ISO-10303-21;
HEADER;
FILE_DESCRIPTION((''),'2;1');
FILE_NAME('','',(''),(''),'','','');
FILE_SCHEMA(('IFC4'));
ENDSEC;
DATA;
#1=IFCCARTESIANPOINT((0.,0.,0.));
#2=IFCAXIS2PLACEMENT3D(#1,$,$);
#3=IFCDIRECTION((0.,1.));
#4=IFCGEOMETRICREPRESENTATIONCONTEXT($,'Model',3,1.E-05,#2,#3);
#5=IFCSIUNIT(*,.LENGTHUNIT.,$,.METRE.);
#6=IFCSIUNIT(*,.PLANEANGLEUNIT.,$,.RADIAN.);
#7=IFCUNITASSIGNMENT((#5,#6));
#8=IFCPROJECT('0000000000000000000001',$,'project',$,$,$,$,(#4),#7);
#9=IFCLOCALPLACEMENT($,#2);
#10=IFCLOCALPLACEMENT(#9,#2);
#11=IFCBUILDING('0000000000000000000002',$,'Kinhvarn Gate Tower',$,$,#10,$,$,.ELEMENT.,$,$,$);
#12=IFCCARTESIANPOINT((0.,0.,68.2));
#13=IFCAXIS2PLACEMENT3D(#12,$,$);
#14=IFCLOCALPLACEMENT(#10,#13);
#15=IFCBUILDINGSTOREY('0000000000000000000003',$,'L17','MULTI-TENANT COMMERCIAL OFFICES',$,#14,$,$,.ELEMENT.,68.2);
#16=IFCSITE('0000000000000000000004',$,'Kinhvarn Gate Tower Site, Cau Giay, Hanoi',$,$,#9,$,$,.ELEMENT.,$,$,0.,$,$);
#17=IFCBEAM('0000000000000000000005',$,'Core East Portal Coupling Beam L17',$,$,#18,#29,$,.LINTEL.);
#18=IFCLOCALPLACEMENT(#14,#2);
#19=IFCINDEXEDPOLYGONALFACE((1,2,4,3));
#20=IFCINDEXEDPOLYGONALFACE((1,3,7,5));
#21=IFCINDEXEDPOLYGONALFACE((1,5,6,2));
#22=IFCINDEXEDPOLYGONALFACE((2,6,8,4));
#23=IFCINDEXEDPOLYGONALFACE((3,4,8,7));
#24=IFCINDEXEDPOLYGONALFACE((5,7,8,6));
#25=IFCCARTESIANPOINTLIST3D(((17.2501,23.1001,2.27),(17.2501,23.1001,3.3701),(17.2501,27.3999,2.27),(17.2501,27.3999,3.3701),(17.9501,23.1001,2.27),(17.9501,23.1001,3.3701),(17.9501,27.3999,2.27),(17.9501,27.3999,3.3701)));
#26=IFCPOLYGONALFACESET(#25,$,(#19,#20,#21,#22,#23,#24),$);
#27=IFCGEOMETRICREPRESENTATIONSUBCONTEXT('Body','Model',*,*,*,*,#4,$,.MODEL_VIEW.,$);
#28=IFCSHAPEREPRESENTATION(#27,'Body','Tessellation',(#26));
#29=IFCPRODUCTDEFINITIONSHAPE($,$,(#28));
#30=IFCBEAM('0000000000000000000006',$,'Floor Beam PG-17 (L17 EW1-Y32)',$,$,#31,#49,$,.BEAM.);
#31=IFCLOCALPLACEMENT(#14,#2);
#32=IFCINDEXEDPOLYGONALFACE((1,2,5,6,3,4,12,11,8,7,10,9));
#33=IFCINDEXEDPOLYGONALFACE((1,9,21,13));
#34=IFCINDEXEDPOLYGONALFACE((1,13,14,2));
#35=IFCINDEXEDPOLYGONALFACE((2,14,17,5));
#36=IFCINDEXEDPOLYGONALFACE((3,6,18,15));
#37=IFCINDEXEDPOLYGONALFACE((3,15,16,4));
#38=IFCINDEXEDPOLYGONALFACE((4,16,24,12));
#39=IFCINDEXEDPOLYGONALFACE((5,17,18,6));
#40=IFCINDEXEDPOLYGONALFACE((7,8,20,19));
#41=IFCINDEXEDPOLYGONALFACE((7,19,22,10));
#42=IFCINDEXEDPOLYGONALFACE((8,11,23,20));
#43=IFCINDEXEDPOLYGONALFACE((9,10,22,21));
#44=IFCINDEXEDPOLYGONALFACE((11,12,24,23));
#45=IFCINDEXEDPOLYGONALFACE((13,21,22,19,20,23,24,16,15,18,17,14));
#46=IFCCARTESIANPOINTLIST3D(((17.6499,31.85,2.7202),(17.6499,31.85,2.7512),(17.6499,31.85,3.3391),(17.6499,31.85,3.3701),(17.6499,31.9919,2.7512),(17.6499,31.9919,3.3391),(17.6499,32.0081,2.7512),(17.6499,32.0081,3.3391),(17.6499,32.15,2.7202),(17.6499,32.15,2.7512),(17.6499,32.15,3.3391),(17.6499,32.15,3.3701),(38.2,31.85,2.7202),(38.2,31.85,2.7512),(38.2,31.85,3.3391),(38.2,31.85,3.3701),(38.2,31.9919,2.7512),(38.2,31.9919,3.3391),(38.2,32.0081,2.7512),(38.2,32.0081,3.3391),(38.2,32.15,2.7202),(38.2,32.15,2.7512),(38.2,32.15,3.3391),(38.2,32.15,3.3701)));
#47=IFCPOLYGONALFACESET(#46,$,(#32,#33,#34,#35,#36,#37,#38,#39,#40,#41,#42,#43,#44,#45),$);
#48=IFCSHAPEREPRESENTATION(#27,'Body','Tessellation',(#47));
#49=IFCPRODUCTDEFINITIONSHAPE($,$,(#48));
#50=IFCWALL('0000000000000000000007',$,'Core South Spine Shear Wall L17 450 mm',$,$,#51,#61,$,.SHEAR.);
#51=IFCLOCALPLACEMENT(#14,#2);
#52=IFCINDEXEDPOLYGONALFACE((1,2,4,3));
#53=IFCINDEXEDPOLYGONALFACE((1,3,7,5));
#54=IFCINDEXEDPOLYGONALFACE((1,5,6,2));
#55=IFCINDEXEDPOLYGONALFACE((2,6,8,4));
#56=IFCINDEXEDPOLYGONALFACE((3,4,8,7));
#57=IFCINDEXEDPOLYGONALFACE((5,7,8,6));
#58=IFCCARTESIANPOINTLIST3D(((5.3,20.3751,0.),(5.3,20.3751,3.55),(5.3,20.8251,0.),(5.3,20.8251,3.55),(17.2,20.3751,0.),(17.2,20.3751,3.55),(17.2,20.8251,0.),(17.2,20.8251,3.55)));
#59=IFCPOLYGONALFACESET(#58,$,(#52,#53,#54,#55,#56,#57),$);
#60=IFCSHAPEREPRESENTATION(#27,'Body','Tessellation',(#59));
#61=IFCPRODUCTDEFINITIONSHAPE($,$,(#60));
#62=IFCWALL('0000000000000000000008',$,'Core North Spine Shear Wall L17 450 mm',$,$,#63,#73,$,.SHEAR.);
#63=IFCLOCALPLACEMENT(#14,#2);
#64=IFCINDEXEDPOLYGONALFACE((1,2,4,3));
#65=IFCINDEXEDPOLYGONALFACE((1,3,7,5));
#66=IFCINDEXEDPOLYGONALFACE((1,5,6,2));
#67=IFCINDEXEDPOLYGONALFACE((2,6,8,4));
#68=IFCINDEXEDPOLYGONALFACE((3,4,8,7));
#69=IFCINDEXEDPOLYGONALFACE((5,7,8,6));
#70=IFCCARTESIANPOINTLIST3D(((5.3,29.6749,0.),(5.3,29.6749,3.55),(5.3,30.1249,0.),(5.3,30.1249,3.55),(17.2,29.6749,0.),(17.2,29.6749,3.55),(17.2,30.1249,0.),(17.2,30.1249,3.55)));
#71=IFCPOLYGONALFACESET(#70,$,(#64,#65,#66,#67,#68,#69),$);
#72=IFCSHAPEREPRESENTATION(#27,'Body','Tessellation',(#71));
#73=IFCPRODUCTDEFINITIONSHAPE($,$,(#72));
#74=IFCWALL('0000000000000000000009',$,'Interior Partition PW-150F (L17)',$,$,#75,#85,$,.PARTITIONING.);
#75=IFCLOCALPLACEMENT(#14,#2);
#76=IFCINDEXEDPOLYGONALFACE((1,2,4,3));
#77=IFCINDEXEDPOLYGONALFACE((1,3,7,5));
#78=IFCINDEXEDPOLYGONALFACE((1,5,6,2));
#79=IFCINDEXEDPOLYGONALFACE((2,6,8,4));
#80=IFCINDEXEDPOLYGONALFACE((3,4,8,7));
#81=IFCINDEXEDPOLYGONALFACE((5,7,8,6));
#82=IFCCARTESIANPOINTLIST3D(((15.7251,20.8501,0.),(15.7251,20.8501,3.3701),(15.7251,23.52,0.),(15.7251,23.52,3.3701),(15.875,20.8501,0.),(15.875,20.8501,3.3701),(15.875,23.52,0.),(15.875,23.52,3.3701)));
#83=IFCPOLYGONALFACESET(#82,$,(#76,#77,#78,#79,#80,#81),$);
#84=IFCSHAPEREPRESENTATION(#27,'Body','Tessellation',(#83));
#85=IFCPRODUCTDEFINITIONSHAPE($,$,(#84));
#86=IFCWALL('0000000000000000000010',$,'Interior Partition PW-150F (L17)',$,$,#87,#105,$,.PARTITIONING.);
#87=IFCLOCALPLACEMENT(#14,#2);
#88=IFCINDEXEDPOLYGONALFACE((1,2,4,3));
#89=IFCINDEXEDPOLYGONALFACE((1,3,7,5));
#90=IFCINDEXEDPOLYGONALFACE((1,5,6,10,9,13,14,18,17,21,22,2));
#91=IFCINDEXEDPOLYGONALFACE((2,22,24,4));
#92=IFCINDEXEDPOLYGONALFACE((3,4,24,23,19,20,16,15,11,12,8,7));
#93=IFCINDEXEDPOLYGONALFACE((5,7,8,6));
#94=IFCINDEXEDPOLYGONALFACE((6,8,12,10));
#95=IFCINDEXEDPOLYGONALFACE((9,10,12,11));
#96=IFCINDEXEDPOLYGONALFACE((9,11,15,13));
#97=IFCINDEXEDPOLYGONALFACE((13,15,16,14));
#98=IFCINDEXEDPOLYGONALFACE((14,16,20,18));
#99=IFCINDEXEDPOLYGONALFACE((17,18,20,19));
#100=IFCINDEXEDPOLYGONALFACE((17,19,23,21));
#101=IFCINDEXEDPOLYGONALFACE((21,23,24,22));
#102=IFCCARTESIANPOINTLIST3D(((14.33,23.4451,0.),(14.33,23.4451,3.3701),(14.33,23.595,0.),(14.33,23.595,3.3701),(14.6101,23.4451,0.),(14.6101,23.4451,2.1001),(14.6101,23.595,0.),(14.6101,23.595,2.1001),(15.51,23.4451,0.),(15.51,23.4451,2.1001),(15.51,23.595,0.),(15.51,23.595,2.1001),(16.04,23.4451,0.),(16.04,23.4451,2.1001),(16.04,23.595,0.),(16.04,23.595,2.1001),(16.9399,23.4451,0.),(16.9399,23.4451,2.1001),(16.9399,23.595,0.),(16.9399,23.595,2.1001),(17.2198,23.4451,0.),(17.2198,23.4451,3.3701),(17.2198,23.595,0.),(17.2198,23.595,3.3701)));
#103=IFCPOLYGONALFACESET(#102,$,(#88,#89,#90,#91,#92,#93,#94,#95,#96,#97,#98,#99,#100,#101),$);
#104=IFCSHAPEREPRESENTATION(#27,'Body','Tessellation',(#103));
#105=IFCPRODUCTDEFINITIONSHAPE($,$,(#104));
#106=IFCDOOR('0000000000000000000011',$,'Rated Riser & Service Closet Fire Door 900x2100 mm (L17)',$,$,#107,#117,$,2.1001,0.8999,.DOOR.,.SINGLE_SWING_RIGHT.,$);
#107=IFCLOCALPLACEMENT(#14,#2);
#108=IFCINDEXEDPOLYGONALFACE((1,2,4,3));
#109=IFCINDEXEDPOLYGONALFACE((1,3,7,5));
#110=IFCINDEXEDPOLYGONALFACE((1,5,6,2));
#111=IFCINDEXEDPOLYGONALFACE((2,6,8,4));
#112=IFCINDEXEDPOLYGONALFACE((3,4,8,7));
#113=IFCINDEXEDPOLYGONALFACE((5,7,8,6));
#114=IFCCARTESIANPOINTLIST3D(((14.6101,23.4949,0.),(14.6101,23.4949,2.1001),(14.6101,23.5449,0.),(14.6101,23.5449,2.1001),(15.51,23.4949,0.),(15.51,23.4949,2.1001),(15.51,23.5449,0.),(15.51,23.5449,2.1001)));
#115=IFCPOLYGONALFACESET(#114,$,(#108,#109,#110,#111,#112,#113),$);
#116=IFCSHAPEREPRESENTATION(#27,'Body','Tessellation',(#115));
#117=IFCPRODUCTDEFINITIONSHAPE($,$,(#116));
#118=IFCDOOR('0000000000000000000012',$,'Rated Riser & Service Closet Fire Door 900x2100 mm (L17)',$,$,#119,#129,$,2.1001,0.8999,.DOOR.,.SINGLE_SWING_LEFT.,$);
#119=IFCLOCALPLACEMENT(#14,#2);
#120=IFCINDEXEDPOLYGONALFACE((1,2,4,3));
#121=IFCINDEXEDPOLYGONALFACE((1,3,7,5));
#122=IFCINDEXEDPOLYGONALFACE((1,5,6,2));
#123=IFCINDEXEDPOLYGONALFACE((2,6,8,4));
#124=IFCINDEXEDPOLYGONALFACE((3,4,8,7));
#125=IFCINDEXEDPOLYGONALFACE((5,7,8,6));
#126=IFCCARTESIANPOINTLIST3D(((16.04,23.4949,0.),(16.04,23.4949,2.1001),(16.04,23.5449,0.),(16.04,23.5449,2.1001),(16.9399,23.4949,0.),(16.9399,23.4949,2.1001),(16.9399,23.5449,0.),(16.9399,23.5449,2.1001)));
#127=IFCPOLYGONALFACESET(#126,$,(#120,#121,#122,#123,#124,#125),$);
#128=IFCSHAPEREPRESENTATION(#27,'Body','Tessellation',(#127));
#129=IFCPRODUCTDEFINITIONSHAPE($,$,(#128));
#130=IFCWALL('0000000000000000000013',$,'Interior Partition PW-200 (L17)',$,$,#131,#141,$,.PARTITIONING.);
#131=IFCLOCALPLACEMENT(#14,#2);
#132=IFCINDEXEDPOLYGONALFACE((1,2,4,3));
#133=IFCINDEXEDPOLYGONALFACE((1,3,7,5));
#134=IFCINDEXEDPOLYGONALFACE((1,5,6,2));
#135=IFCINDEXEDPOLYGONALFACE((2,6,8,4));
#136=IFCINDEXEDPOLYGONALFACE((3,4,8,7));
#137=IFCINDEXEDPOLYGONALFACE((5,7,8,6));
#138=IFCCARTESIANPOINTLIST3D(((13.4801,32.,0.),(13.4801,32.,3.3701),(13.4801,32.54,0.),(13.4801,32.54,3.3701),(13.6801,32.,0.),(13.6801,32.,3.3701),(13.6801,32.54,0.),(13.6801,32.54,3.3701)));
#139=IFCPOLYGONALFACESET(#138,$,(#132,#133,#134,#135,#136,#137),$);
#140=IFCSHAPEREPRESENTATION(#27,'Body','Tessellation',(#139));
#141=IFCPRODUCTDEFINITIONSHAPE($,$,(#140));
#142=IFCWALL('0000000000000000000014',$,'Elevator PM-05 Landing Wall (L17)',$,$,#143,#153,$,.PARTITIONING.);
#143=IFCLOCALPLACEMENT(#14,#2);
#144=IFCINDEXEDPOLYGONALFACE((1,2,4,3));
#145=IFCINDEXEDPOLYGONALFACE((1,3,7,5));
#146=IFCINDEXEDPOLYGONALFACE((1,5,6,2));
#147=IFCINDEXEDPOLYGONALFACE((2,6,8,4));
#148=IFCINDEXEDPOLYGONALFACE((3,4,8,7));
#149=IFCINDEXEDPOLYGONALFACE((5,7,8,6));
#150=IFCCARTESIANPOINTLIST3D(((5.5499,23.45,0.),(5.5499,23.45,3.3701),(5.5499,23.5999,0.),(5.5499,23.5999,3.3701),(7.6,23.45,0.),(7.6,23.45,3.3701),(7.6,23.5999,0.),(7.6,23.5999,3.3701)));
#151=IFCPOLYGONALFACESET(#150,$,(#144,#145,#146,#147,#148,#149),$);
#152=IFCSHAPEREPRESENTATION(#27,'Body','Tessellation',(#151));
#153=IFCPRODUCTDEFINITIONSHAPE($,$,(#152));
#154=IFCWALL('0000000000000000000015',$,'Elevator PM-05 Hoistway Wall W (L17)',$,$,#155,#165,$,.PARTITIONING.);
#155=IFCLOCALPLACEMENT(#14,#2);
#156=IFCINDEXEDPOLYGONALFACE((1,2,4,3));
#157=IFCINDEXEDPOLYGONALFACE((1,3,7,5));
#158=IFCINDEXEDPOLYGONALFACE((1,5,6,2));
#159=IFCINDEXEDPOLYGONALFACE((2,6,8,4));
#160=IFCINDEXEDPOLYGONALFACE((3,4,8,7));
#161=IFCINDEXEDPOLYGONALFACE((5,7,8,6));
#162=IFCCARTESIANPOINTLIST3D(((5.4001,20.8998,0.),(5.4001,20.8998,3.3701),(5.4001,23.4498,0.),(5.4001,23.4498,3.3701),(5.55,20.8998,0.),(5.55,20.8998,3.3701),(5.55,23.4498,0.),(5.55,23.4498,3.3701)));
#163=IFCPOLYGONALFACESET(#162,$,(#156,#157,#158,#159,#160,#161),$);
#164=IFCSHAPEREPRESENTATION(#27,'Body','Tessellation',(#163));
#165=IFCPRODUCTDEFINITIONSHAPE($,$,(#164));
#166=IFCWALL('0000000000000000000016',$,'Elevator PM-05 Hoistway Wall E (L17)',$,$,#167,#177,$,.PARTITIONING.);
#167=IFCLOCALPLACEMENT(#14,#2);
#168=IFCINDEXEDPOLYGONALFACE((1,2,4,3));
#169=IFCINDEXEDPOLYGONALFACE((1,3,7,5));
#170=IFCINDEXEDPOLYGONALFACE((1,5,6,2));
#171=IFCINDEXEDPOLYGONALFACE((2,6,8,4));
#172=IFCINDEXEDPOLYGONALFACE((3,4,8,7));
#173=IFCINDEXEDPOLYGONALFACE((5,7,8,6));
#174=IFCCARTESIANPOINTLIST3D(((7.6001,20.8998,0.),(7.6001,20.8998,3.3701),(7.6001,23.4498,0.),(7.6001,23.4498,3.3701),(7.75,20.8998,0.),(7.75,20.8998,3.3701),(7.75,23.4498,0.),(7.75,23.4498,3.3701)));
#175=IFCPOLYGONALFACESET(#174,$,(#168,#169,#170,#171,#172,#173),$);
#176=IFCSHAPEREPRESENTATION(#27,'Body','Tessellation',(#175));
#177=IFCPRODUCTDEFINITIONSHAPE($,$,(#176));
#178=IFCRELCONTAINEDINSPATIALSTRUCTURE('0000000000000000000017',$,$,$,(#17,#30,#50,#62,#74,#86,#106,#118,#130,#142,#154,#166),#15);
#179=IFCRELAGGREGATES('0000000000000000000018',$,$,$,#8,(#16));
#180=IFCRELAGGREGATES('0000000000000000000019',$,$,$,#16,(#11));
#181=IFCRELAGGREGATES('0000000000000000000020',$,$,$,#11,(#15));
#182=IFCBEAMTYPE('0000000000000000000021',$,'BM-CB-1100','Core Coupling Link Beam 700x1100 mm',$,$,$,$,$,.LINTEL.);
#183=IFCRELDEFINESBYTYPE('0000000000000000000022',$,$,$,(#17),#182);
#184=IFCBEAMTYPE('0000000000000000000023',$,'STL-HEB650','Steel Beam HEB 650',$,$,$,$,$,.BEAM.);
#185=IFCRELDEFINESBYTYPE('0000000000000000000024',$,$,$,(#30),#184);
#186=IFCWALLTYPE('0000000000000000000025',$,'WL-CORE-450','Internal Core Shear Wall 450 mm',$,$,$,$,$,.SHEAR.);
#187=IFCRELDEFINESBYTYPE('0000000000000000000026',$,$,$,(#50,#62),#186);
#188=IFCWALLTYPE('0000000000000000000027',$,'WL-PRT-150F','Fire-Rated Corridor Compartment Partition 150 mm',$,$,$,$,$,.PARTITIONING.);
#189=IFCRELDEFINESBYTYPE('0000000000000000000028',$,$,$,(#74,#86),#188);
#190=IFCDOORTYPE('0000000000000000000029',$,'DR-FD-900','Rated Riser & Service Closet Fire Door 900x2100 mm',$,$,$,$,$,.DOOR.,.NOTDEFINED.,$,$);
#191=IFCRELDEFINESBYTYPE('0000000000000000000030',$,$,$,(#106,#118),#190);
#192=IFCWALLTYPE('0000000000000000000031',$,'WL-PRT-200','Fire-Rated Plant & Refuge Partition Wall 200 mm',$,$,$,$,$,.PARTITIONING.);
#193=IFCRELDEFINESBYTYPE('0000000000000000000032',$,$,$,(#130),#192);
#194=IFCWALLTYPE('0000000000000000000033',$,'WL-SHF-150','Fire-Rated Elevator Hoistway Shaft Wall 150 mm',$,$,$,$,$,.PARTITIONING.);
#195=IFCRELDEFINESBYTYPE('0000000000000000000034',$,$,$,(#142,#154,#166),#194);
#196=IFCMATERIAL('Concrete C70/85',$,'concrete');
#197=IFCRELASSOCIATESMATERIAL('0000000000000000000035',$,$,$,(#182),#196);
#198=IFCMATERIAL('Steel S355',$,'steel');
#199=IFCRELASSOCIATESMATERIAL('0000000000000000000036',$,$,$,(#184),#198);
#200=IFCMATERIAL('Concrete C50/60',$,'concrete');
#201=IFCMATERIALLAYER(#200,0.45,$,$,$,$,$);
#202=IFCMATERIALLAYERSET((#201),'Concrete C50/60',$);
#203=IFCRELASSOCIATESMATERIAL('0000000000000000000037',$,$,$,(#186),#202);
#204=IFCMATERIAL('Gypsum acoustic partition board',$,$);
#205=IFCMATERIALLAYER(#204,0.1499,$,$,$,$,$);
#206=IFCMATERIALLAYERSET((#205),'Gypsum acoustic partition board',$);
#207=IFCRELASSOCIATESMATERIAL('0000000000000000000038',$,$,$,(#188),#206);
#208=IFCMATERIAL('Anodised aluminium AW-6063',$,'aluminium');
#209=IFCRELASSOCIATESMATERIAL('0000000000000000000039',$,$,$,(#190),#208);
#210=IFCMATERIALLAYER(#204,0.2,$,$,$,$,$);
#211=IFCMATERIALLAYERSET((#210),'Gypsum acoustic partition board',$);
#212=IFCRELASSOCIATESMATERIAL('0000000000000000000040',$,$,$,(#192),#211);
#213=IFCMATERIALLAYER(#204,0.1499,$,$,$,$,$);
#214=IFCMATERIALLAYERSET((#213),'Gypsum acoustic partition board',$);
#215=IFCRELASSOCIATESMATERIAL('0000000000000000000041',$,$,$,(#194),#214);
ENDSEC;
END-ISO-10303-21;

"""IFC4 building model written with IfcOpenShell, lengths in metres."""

from ifc_helpers import new_model, si_unit, direction, frame, frame_2d, origin, origin_2d, place, context, subcontext, project, spatial, rectangle, i_section, extrude, material, layer, layer_set, material_profile, profile_set, type_object, element, fill, save


model = new_model("IFC4")

# Units and contexts
model_context = context("Model", 3, precision=1e-05, world=origin(), true_north=direction((0.0, 1.0)))
body_context = subcontext(model_context, "Body", "Model", "MODEL_VIEW")
ifc_project = project(units=[si_unit("LENGTHUNIT", "METRE"), si_unit("PLANEANGLEUNIT", "RADIAN")], contexts=[model_context])

# Site, building, storey
site_placement = place(None, origin())
site = spatial("IfcSite", under=ifc_project, at=site_placement, Name="Kinhvarn Gate Tower Site, Cau Giay, Hanoi", CompositionType="ELEMENT", RefElevation=0.0)
building_placement = place(site_placement, origin())
building = spatial("IfcBuilding", under=site, at=building_placement, Name="Kinhvarn Gate Tower", CompositionType="ELEMENT")
storey_placement = place(building_placement, frame((0.0, 0.0, 68.2)))
storey = spatial("IfcBuildingStorey", under=building, at=storey_placement, Name="L17", Description="MULTI-TENANT COMMERCIAL OFFICES", CompositionType="ELEMENT", Elevation=68.2)

# Beams
ifc_material_1 = material(Name="Concrete C70/85", Category="concrete")
ifc_material_profile_1 = material_profile(ifc_material_1, rectangle(XDim=0.7, YDim=1.1001, at=origin_2d()), Name="RC 700x1100")
ifc_profile_set_1 = profile_set([ifc_material_profile_1], Name="Concrete C70/85")
beam_type_1 = type_object("IfcBeamType", Name="BM-CB-1100", Description="Core Coupling Link Beam 700x1100 mm", PredefinedType="LINTEL", material=ifc_profile_set_1)
beam_1_placement = place(storey_placement, frame((17.6001, 23.1001, 2.8201), z_axis=(0.0, 1.0, 0.0), x_axis=(-1.0, 0.0, 0.0)))
element("IfcBeam", 1, at=beam_1_placement, inside=storey, type_object=beam_type_1, Name="Core East Portal Coupling Beam L17", PredefinedType="LINTEL", context=body_context, shape_type="SweptSolid", body=[
    extrude(rectangle(XDim=0.7, YDim=1.1001, at=origin_2d()), origin(), (0.0, 0.0, 1.0), 4.2998),
])
ifc_material_2 = material(Name="Steel S355", Category="steel")
ifc_material_profile_2 = material_profile(ifc_material_2, i_section(OverallWidth=0.3, OverallDepth=0.6499, WebThickness=0.0161, FlangeThickness=0.031, at=origin_2d()), Name="HEB 650")
ifc_profile_set_2 = profile_set([ifc_material_profile_2], Name="Steel S355")
beam_type_2 = type_object("IfcBeamType", Name="STL-HEB650", Description="Steel Beam HEB 650", PredefinedType="BEAM", material=ifc_profile_set_2)
beam_2_placement = place(storey_placement, frame((17.6499, 32.0, 3.0452), z_axis=(1.0, 0.0, 0.0), x_axis=(0.0, 1.0, 0.0)))
element("IfcBeam", 2, at=beam_2_placement, inside=storey, type_object=beam_type_2, Name="Floor Beam PG-17 (L17 EW1-Y32)", PredefinedType="BEAM", context=body_context, shape_type="SweptSolid", body=[
    extrude(i_section(OverallWidth=0.3, OverallDepth=0.6499, WebThickness=0.0161, FlangeThickness=0.031, at=origin_2d()), origin(), (0.0, 0.0, 1.0), 20.55),
])

# Walls
ifc_material_3 = material(Name="Concrete C50/60", Category="concrete")
ifc_layer_1 = layer(ifc_material_3, 0.45)
ifc_layer_set_1 = layer_set([ifc_layer_1], Name="Concrete C50/60")
wall_type_1 = type_object("IfcWallType", Name="WL-CORE-450", Description="Internal Core Shear Wall 450 mm", PredefinedType="SHEAR", material=ifc_layer_set_1)
for number, where, z_axis, x_axis, name in (
    (3, (5.3, 20.6001, 0.0), (0.0, 0.0, 1.0), (1.0, 0.0, 0.0), "Core South Spine Shear Wall L17 450 mm"),
    (4, (5.3, 29.8999, 0.0), (0.0, 0.0, 1.0), (1.0, 0.0, 0.0), "Core North Spine Shear Wall L17 450 mm"),
):
    element("IfcWall", number, at=place(storey_placement, frame(where, z_axis=z_axis, x_axis=x_axis)), inside=storey, type_object=wall_type_1, Name=name, PredefinedType="SHEAR", context=body_context, shape_type="SweptSolid", body=[
        extrude(rectangle(XDim=11.8999, YDim=0.45, at=frame_2d((5.95, 0.0))), origin(), (0.0, 0.0, 1.0), 3.55),
    ])

# Shared definitions
ifc_material_4 = material(Name="Anodised aluminium AW-6063", Category="aluminium")

# Wall
ifc_material_5 = material(Name="Gypsum acoustic partition board")
ifc_layer_2 = layer(ifc_material_5, 0.1499)
ifc_layer_set_2 = layer_set([ifc_layer_2], Name="Gypsum acoustic partition board")
wall_type_2 = type_object("IfcWallType", Name="WL-PRT-150F", Description="Fire-Rated Corridor Compartment Partition 150 mm", PredefinedType="PARTITIONING", material=ifc_layer_set_2)
wall_1_placement = place(storey_placement, frame((15.8, 20.8501, 0.0), z_axis=(0.0, 0.0, 1.0), x_axis=(0.0, 1.0, 0.0)))
element("IfcWall", 5, at=wall_1_placement, inside=storey, type_object=wall_type_2, Name="Interior Partition PW-150F (L17)", PredefinedType="PARTITIONING", context=body_context, shape_type="SweptSolid", body=[
    extrude(rectangle(XDim=2.6699, YDim=0.1499, at=frame_2d((1.335, 0.0))), origin(), (0.0, 0.0, 1.0), 3.3701),
])

# Wall, openings, doors
wall_2_placement = place(storey_placement, frame((14.3301, 23.52, 0.0), z_axis=(0.0, 0.0, 1.0), x_axis=(1.0, 0.0, 0.0)))
wall_2 = element("IfcWall", 6, at=wall_2_placement, inside=storey, type_object=wall_type_2, Name="Interior Partition PW-150F (L17)", PredefinedType="PARTITIONING", context=body_context, shape_type="SweptSolid", body=[
    extrude(rectangle(XDim=2.8899, YDim=0.1499, at=frame_2d((1.4448, 0.0))), origin(), (0.0, 0.0, 1.0), 3.3701),
])
opening_1_placement = place(wall_2_placement, frame((0.28, 0.0, 0.0)))
opening_1 = element("IfcOpeningElement", 7, at=opening_1_placement, cuts=wall_2, PredefinedType="OPENING", context=body_context, shape_type="SweptSolid", body=[
    extrude(rectangle(XDim=0.8999, YDim=2.1001, at=frame_2d((0.45, 1.05))), frame((0.0, 0.085, 0.0), z_axis=(0.0, -1.0, 0.0), x_axis=(1.0, 0.0, 0.0)), (0.0, 0.0, 1.0), 0.1699),
])
opening_2_placement = place(wall_2_placement, frame((1.71, 0.0, 0.0)))
opening_2 = element("IfcOpeningElement", 8, at=opening_2_placement, cuts=wall_2, PredefinedType="OPENING", context=body_context, shape_type="SweptSolid", body=[
    extrude(rectangle(XDim=0.8999, YDim=2.1001, at=frame_2d((0.45, 1.05))), frame((0.0, 0.085, 0.0), z_axis=(0.0, -1.0, 0.0), x_axis=(1.0, 0.0, 0.0)), (0.0, 0.0, 1.0), 0.1699),
])
door_type_1 = type_object("IfcDoorType", Name="DR-FD-900", Description="Rated Riser & Service Closet Fire Door 900x2100 mm", OperationType="NOTDEFINED", PredefinedType="DOOR", material=ifc_material_4)
door_1_placement = place(opening_1_placement, origin())
door_1 = element("IfcDoor", 9, at=door_1_placement, inside=storey, type_object=door_type_1, Name="Rated Riser & Service Closet Fire Door 900x2100 mm (L17)", OperationType="SINGLE_SWING_RIGHT", OverallHeight=2.1001, OverallWidth=0.8999, PredefinedType="DOOR", context=body_context, shape_type="SweptSolid", body=[
    extrude(rectangle(XDim=0.8999, YDim=2.1001, at=frame_2d((0.45, 1.05))), frame((0.0, 0.0249, 0.0), z_axis=(0.0, -1.0, 0.0), x_axis=(1.0, 0.0, 0.0)), (0.0, 0.0, 1.0), 0.05),
])
fill(opening_1, door_1)
door_2_placement = place(opening_2_placement, origin())
door_2 = element("IfcDoor", 10, at=door_2_placement, inside=storey, type_object=door_type_1, Name="Rated Riser & Service Closet Fire Door 900x2100 mm (L17)", OperationType="SINGLE_SWING_LEFT", OverallHeight=2.1001, OverallWidth=0.8999, PredefinedType="DOOR", context=body_context, shape_type="SweptSolid", body=[
    extrude(rectangle(XDim=0.8999, YDim=2.1001, at=frame_2d((0.45, 1.05))), frame((0.0, 0.0249, 0.0), z_axis=(0.0, -1.0, 0.0), x_axis=(1.0, 0.0, 0.0)), (0.0, 0.0, 1.0), 0.05),
])
fill(opening_2, door_2)

# Walls
ifc_layer_3 = layer(ifc_material_5, 0.2)
ifc_layer_set_3 = layer_set([ifc_layer_3], Name="Gypsum acoustic partition board")
wall_type_3 = type_object("IfcWallType", Name="WL-PRT-200", Description="Fire-Rated Plant & Refuge Partition Wall 200 mm", PredefinedType="PARTITIONING", material=ifc_layer_set_3)
wall_3_placement = place(storey_placement, frame((13.5801, 32.0, 0.0), z_axis=(0.0, 0.0, 1.0), x_axis=(0.0, 1.0, 0.0)))
element("IfcWall", 11, at=wall_3_placement, inside=storey, type_object=wall_type_3, Name="Interior Partition PW-200 (L17)", PredefinedType="PARTITIONING", context=body_context, shape_type="SweptSolid", body=[
    extrude(rectangle(XDim=0.54, YDim=0.2, at=frame_2d((0.27, 0.0))), origin(), (0.0, 0.0, 1.0), 3.3701),
])
ifc_layer_4 = layer(ifc_material_5, 0.1499)
ifc_layer_set_4 = layer_set([ifc_layer_4], Name="Gypsum acoustic partition board")
wall_type_4 = type_object("IfcWallType", Name="WL-SHF-150", Description="Fire-Rated Elevator Hoistway Shaft Wall 150 mm", PredefinedType="PARTITIONING", material=ifc_layer_set_4)
wall_4_placement = place(storey_placement, frame((5.55, 23.5249, 0.0), z_axis=(0.0, 0.0, 1.0), x_axis=(1.0, 0.0, 0.0)))
element("IfcWall", 12, at=wall_4_placement, inside=storey, type_object=wall_type_4, Name="Elevator PM-05 Landing Wall (L17)", PredefinedType="PARTITIONING", context=body_context, shape_type="SweptSolid", body=[
    extrude(rectangle(XDim=2.05, YDim=0.1499, at=frame_2d((1.0249, 0.0))), origin(), (0.0, 0.0, 1.0), 3.3701),
])
for number, where, z_axis, x_axis, name in (
    (13, (5.4751, 20.8999, 0.0), (0.0, 0.0, 1.0), (0.0, 1.0, 0.0), "Elevator PM-05 Hoistway Wall W (L17)"),
    (14, (7.675, 20.8999, 0.0), (0.0, 0.0, 1.0), (0.0, 1.0, 0.0), "Elevator PM-05 Hoistway Wall E (L17)"),
):
    element("IfcWall", number, at=place(storey_placement, frame(where, z_axis=z_axis, x_axis=x_axis)), inside=storey, type_object=wall_type_4, Name=name, PredefinedType="PARTITIONING", context=body_context, shape_type="SweptSolid", body=[
        extrude(rectangle(XDim=2.55, YDim=0.1499, at=frame_2d((1.2749, 0.0))), origin(), (0.0, 0.0, 1.0), 3.3701),
    ])

save(model, "model.ifc")
